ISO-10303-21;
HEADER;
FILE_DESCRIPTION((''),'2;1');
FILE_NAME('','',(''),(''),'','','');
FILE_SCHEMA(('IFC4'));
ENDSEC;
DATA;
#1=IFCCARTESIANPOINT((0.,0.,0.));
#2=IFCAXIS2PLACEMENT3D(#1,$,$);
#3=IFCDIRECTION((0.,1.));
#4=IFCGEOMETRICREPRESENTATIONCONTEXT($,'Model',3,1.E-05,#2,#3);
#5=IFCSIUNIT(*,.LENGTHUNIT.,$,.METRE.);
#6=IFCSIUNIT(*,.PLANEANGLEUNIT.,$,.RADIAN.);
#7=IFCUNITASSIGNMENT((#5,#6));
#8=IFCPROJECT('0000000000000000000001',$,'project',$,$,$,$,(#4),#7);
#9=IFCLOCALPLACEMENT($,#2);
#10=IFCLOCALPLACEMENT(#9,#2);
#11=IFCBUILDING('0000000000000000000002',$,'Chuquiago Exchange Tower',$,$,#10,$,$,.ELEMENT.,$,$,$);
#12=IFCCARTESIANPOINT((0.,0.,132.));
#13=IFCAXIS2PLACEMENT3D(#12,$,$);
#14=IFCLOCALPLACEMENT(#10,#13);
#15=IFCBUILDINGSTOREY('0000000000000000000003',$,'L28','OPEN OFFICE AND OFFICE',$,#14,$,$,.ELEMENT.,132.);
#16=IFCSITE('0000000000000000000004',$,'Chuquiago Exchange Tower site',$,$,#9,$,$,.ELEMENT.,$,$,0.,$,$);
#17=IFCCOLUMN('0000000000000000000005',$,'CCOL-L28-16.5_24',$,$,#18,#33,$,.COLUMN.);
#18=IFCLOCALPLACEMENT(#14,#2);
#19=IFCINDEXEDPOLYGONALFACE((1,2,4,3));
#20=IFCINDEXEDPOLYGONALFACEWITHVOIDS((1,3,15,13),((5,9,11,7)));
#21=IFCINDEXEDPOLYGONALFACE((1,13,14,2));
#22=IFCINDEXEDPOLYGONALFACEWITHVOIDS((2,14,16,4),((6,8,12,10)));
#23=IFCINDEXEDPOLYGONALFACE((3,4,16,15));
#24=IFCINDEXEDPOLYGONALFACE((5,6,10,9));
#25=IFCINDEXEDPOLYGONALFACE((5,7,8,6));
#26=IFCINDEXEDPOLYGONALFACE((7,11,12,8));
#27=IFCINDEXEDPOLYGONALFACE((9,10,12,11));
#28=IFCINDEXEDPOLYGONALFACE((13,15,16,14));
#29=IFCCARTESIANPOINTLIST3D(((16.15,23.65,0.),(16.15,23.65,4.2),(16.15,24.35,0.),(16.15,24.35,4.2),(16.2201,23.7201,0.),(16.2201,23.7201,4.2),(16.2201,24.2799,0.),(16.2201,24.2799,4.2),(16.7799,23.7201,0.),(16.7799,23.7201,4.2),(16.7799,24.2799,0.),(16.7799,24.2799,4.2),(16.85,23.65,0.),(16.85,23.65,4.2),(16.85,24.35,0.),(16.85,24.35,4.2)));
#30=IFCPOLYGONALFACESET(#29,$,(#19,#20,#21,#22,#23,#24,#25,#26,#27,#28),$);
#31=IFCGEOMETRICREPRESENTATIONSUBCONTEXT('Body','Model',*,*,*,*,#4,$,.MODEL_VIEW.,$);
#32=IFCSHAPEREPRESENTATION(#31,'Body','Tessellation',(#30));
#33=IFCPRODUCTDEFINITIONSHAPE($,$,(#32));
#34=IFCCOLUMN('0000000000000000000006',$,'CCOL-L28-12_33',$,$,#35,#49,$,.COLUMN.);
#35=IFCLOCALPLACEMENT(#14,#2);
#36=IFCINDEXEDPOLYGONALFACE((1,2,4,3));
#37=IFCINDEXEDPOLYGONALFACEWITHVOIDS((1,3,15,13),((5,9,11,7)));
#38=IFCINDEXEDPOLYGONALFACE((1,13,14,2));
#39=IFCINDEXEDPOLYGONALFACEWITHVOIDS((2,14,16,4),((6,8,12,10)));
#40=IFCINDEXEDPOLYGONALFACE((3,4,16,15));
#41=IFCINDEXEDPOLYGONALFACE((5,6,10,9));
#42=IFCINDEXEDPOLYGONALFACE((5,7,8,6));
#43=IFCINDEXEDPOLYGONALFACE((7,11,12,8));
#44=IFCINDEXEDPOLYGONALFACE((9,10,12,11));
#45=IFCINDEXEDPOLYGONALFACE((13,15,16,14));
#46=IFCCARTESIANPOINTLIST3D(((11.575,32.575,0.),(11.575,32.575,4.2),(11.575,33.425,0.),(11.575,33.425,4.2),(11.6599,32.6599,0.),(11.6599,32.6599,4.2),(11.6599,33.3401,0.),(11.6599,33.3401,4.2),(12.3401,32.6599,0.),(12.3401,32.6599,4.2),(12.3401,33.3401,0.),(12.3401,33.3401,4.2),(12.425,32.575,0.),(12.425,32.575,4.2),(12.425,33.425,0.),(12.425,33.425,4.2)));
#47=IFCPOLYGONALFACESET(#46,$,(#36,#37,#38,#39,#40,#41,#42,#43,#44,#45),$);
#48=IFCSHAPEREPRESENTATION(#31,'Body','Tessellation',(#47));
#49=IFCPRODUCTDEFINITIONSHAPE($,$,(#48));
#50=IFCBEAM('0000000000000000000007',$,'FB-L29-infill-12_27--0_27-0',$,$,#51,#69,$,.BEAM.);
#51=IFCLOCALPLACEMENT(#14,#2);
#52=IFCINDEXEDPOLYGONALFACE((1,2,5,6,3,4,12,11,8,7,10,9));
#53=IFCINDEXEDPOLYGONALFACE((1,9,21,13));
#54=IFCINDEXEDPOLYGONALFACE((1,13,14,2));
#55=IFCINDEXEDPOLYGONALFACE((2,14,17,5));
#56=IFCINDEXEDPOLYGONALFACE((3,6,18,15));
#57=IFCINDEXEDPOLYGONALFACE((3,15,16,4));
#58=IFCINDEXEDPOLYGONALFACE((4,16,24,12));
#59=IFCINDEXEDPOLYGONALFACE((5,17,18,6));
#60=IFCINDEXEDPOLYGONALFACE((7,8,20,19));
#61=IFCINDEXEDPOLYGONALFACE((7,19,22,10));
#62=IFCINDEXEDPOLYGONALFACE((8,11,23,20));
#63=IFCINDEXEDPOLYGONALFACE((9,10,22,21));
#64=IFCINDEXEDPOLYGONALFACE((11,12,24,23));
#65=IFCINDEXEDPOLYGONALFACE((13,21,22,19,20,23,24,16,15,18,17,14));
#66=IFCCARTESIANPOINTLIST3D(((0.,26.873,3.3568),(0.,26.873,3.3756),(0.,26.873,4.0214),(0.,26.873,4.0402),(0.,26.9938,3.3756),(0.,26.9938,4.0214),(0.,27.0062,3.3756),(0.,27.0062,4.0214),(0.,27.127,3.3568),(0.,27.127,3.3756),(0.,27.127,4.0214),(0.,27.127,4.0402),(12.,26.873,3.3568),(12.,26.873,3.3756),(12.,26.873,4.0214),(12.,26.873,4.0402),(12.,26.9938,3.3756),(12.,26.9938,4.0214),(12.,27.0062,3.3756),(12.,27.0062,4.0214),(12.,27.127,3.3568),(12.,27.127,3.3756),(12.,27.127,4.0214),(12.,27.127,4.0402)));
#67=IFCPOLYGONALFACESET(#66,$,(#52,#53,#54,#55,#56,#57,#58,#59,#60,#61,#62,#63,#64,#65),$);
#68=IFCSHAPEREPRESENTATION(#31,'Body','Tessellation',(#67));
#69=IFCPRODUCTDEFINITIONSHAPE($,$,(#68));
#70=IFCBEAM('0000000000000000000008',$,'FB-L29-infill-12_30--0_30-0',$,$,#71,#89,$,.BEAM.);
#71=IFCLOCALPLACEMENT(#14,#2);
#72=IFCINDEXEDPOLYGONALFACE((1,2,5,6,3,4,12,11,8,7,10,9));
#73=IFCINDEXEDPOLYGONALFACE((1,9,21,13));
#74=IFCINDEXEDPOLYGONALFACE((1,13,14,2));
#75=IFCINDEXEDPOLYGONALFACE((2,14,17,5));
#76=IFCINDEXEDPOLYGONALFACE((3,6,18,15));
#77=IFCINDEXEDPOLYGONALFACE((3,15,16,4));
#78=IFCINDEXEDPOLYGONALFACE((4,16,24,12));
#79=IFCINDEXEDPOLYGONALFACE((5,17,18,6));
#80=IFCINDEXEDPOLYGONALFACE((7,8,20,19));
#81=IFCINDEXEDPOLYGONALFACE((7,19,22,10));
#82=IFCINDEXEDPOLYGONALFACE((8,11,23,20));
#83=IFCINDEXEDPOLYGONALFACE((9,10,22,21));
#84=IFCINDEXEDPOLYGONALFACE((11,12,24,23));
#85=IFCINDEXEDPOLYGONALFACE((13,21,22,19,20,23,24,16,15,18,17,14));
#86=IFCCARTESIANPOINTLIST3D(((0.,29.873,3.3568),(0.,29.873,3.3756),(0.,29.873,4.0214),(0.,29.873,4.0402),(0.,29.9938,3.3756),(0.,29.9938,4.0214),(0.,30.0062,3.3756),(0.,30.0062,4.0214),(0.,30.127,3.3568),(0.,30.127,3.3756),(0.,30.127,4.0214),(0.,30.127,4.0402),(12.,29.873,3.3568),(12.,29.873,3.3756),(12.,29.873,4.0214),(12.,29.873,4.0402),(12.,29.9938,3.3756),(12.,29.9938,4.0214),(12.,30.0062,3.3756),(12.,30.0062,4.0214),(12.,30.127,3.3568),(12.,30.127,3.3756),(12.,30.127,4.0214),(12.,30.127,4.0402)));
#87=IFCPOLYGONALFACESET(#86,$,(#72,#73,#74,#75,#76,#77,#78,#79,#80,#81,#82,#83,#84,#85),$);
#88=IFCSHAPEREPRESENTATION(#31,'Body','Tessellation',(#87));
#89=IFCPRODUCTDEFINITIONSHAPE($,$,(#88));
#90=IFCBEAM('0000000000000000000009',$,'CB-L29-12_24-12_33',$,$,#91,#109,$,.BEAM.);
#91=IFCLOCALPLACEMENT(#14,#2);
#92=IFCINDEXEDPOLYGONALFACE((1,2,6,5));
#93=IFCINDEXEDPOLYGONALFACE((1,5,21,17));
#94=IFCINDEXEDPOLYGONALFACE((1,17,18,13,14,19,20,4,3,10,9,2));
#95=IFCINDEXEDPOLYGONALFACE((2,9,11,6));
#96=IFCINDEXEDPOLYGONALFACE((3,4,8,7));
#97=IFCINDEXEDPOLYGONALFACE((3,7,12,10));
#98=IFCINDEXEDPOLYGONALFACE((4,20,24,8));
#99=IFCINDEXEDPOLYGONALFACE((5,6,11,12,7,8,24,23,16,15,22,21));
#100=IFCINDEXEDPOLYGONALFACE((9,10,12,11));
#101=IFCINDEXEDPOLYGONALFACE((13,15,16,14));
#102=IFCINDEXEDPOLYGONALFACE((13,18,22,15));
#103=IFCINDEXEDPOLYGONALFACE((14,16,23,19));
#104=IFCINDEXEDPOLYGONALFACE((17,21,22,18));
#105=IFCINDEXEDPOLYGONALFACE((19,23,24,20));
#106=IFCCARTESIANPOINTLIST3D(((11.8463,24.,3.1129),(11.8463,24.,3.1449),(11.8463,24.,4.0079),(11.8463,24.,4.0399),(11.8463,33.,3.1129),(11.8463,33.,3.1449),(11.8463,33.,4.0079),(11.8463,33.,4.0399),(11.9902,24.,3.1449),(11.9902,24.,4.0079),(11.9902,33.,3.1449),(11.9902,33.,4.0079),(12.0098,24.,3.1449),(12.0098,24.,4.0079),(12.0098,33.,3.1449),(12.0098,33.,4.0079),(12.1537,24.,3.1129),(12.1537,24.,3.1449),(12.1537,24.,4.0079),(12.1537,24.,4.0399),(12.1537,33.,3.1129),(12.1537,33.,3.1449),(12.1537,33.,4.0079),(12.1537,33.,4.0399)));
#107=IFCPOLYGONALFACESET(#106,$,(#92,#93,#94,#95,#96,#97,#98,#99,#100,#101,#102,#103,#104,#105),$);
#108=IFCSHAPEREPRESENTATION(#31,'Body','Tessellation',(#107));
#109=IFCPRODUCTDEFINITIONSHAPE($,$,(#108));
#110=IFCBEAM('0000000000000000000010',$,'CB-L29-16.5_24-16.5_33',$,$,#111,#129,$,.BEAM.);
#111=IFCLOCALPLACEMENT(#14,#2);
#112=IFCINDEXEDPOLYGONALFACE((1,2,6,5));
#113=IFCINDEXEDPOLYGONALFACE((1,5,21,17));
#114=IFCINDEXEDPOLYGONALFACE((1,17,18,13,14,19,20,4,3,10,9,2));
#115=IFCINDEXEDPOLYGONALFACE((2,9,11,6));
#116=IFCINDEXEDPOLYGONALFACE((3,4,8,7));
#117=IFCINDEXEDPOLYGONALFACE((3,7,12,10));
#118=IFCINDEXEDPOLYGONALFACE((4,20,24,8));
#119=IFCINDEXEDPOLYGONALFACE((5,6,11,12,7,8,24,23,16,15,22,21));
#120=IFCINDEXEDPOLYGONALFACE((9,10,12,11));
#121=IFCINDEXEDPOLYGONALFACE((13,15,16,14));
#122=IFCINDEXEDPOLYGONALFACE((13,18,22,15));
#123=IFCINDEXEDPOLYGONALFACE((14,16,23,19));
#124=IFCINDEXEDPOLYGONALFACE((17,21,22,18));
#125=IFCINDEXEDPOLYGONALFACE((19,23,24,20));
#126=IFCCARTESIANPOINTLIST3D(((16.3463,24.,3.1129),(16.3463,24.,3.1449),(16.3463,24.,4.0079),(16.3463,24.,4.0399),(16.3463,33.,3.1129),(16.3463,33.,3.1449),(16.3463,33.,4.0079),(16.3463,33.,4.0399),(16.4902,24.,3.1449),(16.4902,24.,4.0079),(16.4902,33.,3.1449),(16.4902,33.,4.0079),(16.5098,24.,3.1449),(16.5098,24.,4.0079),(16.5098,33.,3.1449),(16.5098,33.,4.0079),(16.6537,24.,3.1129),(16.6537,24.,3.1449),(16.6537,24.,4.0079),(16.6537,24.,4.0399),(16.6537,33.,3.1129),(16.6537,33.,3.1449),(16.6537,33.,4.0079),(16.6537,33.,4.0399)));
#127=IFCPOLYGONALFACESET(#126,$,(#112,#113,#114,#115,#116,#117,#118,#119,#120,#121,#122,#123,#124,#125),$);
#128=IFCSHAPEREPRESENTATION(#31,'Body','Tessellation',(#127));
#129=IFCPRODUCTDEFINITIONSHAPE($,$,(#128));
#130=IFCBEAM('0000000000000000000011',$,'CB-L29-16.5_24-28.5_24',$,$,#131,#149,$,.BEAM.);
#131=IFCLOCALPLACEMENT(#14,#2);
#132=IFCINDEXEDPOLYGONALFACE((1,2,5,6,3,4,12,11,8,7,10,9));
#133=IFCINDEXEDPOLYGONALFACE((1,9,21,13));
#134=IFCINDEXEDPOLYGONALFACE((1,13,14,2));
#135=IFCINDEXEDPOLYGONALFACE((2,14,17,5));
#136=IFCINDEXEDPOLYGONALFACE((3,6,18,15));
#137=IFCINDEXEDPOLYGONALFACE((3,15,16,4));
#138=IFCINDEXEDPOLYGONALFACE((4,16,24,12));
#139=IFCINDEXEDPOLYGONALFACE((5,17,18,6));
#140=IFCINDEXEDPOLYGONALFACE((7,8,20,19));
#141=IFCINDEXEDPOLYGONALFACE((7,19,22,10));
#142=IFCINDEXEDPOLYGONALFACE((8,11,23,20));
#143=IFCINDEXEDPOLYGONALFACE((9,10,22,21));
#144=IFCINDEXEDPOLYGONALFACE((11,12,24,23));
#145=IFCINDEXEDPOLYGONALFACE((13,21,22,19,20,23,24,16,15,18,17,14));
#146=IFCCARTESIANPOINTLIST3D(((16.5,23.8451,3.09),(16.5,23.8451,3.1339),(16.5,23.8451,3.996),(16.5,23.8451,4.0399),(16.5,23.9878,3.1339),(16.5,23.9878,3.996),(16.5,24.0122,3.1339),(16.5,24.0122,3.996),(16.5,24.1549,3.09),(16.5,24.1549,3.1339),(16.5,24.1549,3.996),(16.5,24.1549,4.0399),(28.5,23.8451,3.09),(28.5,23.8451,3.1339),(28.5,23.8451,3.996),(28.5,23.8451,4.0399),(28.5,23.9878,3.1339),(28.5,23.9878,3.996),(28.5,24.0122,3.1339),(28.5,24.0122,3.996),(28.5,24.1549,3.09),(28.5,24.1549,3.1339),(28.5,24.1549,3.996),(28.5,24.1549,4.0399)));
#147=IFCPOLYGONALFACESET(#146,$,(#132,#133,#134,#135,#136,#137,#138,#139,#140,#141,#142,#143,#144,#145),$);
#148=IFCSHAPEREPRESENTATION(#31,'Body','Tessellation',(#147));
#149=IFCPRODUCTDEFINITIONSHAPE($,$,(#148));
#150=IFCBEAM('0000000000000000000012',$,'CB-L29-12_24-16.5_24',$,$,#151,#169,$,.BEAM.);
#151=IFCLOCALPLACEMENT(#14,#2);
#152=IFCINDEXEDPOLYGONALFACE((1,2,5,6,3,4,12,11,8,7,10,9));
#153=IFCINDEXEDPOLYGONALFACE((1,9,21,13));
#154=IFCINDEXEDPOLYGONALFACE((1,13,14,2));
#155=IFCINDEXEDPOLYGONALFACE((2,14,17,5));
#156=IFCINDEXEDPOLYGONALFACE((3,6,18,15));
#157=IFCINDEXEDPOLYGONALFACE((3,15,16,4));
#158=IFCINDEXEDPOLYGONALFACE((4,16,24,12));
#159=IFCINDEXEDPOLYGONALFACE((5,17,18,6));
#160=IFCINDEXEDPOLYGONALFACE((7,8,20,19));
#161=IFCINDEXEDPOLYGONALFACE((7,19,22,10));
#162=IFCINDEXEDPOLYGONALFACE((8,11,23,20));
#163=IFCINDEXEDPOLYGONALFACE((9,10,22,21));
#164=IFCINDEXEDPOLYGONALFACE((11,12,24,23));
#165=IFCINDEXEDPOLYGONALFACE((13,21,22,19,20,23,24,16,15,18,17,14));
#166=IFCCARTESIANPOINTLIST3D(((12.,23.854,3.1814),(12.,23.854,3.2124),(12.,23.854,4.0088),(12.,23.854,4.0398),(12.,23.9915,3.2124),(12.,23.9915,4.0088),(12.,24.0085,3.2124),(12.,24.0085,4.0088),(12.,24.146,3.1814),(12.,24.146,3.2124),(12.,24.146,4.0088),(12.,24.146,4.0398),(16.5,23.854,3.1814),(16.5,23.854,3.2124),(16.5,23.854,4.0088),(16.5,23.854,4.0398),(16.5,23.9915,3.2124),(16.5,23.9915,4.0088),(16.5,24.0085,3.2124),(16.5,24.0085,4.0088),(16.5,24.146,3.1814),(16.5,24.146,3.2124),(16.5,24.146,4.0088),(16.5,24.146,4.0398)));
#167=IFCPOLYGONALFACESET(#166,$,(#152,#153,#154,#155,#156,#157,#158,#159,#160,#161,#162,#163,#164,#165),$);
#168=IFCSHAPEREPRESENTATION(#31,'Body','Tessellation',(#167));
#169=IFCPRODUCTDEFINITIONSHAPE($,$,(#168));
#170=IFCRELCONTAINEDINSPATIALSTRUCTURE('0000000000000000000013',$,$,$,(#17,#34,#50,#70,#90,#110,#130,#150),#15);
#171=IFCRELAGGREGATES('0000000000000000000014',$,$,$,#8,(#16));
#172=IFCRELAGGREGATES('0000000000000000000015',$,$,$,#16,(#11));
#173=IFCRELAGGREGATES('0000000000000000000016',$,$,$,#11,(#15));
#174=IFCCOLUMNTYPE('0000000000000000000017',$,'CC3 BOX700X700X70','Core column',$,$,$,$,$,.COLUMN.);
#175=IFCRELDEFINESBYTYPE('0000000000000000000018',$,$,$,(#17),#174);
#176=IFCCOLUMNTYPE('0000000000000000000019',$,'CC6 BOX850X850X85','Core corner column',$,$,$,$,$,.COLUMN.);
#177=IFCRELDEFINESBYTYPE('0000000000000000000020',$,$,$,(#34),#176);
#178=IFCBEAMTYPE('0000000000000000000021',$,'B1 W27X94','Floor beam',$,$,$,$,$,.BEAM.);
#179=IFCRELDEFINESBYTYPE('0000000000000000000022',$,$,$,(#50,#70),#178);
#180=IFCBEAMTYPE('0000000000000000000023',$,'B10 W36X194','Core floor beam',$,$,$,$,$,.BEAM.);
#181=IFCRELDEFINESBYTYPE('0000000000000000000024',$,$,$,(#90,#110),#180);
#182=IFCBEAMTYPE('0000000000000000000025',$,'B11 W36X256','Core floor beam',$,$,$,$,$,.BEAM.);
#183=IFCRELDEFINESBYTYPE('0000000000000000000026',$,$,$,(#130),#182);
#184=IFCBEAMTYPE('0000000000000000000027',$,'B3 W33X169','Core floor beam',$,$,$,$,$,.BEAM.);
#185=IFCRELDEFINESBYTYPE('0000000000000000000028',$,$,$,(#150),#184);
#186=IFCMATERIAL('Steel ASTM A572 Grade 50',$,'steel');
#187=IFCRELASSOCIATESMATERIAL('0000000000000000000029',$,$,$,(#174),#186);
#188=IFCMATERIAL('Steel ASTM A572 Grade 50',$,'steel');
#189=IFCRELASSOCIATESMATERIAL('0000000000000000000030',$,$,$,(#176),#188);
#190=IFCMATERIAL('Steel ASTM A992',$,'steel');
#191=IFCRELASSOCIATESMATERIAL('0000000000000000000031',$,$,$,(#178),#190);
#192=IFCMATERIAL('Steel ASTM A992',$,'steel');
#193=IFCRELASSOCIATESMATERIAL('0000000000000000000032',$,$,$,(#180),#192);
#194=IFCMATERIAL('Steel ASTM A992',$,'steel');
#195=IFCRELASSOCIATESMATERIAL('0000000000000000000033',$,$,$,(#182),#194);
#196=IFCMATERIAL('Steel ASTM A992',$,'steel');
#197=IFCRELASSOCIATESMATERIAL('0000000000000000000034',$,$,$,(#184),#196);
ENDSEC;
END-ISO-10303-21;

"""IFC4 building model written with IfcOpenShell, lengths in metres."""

from ifc_helpers import new_model, si_unit, direction, frame, origin, origin_2d, place, context, subcontext, project, spatial, hollow_rectangle, i_section, extrude, material, material_profile, profile_set, type_object, element, save


model = new_model("IFC4")

# Units and contexts
model_context = context("Model", 3, precision=1e-05, world=origin(), true_north=direction((0.0, 1.0)))
body_context = subcontext(model_context, "Body", "Model", "MODEL_VIEW")
ifc_project = project(units=[si_unit("LENGTHUNIT", "METRE"), si_unit("PLANEANGLEUNIT", "RADIAN")], contexts=[model_context])

# Site, building, storey
site_placement = place(None, origin())
site = spatial("IfcSite", under=ifc_project, at=site_placement, Name="Chuquiago Exchange Tower site", CompositionType="ELEMENT", RefElevation=0.0)
building_placement = place(site_placement, origin())
building = spatial("IfcBuilding", under=site, at=building_placement, Name="Chuquiago Exchange Tower", CompositionType="ELEMENT")
storey_placement = place(building_placement, frame((0.0, 0.0, 132.0)))
storey = spatial("IfcBuildingStorey", under=building, at=storey_placement, Name="L28", Description="OPEN OFFICE AND OFFICE", CompositionType="ELEMENT", Elevation=132.0)

# Columns
ifc_material_1 = material(Name="Steel ASTM A572 Grade 50", Category="steel")
ifc_material_profile_1 = material_profile(ifc_material_1, hollow_rectangle(XDim=0.7, YDim=0.7, WallThickness=0.0701, at=origin_2d()), Name="BOX700X700X70")
ifc_profile_set_1 = profile_set([ifc_material_profile_1], Name="Steel ASTM A572 Grade 50")
column_type_1 = type_object("IfcColumnType", Name="CC3 BOX700X700X70", Description="Core column", PredefinedType="COLUMN", material=ifc_profile_set_1)
column_1_placement = place(storey_placement, frame((16.5, 24.0, 0.0), z_axis=(0.0, 0.0, 1.0), x_axis=(1.0, 0.0, 0.0)))
element("IfcColumn", 1, at=column_1_placement, inside=storey, type_object=column_type_1, Name="CCOL-L28-16.5_24", PredefinedType="COLUMN", context=body_context, shape_type="SweptSolid", body=[
    extrude(hollow_rectangle(XDim=0.7, YDim=0.7, WallThickness=0.0701, at=origin_2d()), origin(), (0.0, 0.0, 1.0), 4.2),
])
ifc_material_2 = material(Name="Steel ASTM A572 Grade 50", Category="steel")
ifc_material_profile_2 = material_profile(ifc_material_2, hollow_rectangle(XDim=0.8501, YDim=0.8501, WallThickness=0.085, at=origin_2d()), Name="BOX850X850X85")
ifc_profile_set_2 = profile_set([ifc_material_profile_2], Name="Steel ASTM A572 Grade 50")
column_type_2 = type_object("IfcColumnType", Name="CC6 BOX850X850X85", Description="Core corner column", PredefinedType="COLUMN", material=ifc_profile_set_2)
column_2_placement = place(storey_placement, frame((12.0, 33.0, 0.0), z_axis=(0.0, 0.0, 1.0), x_axis=(1.0, 0.0, 0.0)))
element("IfcColumn", 2, at=column_2_placement, inside=storey, type_object=column_type_2, Name="CCOL-L28-12_33", PredefinedType="COLUMN", context=body_context, shape_type="SweptSolid", body=[
    extrude(hollow_rectangle(XDim=0.8501, YDim=0.8501, WallThickness=0.085, at=origin_2d()), origin(), (0.0, 0.0, 1.0), 4.2),
])

# Beams
ifc_material_3 = material(Name="Steel ASTM A992", Category="steel")
ifc_material_profile_3 = material_profile(ifc_material_3, i_section(OverallWidth=0.2539, OverallDepth=0.6833, WebThickness=0.0125, FlangeThickness=0.0188, at=origin_2d()), Name="W27X94")
ifc_profile_set_3 = profile_set([ifc_material_profile_3], Name="Steel ASTM A992")
beam_type_1 = type_object("IfcBeamType", Name="B1 W27X94", Description="Floor beam", PredefinedType="BEAM", material=ifc_profile_set_3)
for number, where, z_axis, x_axis, name in (
    (3, (12.0, 27.0, 3.6985), (-1.0, 0.0, 0.0), (0.0, -1.0, 0.0), "FB-L29-infill-12_27--0_27-0"),
    (4, (12.0, 30.0, 3.6985), (-1.0, 0.0, 0.0), (0.0, -1.0, 0.0), "FB-L29-infill-12_30--0_30-0"),
):
    element("IfcBeam", number, at=place(storey_placement, frame(where, z_axis=z_axis, x_axis=x_axis)), inside=storey, type_object=beam_type_1, Name=name, PredefinedType="BEAM", context=body_context, shape_type="SweptSolid", body=[
        extrude(i_section(OverallWidth=0.2539, OverallDepth=0.6833, WebThickness=0.0125, FlangeThickness=0.0188, at=origin_2d()), origin(), (0.0, 0.0, 1.0), 12.0),
    ])
ifc_material_4 = material(Name="Steel ASTM A992", Category="steel")
ifc_material_profile_4 = material_profile(ifc_material_4, i_section(OverallWidth=0.3074, OverallDepth=0.927, WebThickness=0.0195, FlangeThickness=0.032, at=origin_2d()), Name="W36X194")
ifc_profile_set_4 = profile_set([ifc_material_profile_4], Name="Steel ASTM A992")
beam_type_2 = type_object("IfcBeamType", Name="B10 W36X194", Description="Core floor beam", PredefinedType="BEAM", material=ifc_profile_set_4)
for number, where, z_axis, x_axis, name in (
    (5, (12.0, 24.0, 3.5764), (0.0, 1.0, 0.0), (-1.0, 0.0, 0.0), "CB-L29-12_24-12_33"),
    (6, (16.5, 24.0, 3.5764), (0.0, 1.0, 0.0), (-1.0, 0.0, 0.0), "CB-L29-16.5_24-16.5_33"),
):
    element("IfcBeam", number, at=place(storey_placement, frame(where, z_axis=z_axis, x_axis=x_axis)), inside=storey, type_object=beam_type_2, Name=name, PredefinedType="BEAM", context=body_context, shape_type="SweptSolid", body=[
        extrude(i_section(OverallWidth=0.3074, OverallDepth=0.927, WebThickness=0.0195, FlangeThickness=0.032, at=origin_2d()), origin(), (0.0, 0.0, 1.0), 9.0),
    ])
ifc_material_5 = material(Name="Steel ASTM A992", Category="steel")
ifc_material_profile_5 = material_profile(ifc_material_5, i_section(OverallWidth=0.3098, OverallDepth=0.95, WebThickness=0.0244, FlangeThickness=0.0439, at=origin_2d()), Name="W36X256")
ifc_profile_set_5 = profile_set([ifc_material_profile_5], Name="Steel ASTM A992")
beam_type_3 = type_object("IfcBeamType", Name="B11 W36X256", Description="Core floor beam", PredefinedType="BEAM", material=ifc_profile_set_5)
beam_1_placement = place(storey_placement, frame((16.5, 24.0, 3.5649), z_axis=(1.0, 0.0, 0.0), x_axis=(0.0, 1.0, 0.0)))
element("IfcBeam", 7, at=beam_1_placement, inside=storey, type_object=beam_type_3, Name="CB-L29-16.5_24-28.5_24", PredefinedType="BEAM", context=body_context, shape_type="SweptSolid", body=[
    extrude(i_section(OverallWidth=0.3098, OverallDepth=0.95, WebThickness=0.0244, FlangeThickness=0.0439, at=origin_2d()), origin(), (0.0, 0.0, 1.0), 12.0),
])
ifc_material_6 = material(Name="Steel ASTM A992", Category="steel")
ifc_material_profile_6 = material_profile(ifc_material_6, i_section(OverallWidth=0.292, OverallDepth=0.8584, WebThickness=0.0171, FlangeThickness=0.031, at=origin_2d()), Name="W33X169")
ifc_profile_set_6 = profile_set([ifc_material_profile_6], Name="Steel ASTM A992")
beam_type_4 = type_object("IfcBeamType", Name="B3 W33X169", Description="Core floor beam", PredefinedType="BEAM", material=ifc_profile_set_6)
beam_2_placement = place(storey_placement, frame((12.0, 24.0, 3.6106), z_axis=(1.0, 0.0, 0.0), x_axis=(0.0, 1.0, 0.0)))
element("IfcBeam", 8, at=beam_2_placement, inside=storey, type_object=beam_type_4, Name="CB-L29-12_24-16.5_24", PredefinedType="BEAM", context=body_context, shape_type="SweptSolid", body=[
    extrude(i_section(OverallWidth=0.292, OverallDepth=0.8584, WebThickness=0.0171, FlangeThickness=0.031, at=origin_2d()), origin(), (0.0, 0.0, 1.0), 4.5),
])

save(model, "model.ifc")
